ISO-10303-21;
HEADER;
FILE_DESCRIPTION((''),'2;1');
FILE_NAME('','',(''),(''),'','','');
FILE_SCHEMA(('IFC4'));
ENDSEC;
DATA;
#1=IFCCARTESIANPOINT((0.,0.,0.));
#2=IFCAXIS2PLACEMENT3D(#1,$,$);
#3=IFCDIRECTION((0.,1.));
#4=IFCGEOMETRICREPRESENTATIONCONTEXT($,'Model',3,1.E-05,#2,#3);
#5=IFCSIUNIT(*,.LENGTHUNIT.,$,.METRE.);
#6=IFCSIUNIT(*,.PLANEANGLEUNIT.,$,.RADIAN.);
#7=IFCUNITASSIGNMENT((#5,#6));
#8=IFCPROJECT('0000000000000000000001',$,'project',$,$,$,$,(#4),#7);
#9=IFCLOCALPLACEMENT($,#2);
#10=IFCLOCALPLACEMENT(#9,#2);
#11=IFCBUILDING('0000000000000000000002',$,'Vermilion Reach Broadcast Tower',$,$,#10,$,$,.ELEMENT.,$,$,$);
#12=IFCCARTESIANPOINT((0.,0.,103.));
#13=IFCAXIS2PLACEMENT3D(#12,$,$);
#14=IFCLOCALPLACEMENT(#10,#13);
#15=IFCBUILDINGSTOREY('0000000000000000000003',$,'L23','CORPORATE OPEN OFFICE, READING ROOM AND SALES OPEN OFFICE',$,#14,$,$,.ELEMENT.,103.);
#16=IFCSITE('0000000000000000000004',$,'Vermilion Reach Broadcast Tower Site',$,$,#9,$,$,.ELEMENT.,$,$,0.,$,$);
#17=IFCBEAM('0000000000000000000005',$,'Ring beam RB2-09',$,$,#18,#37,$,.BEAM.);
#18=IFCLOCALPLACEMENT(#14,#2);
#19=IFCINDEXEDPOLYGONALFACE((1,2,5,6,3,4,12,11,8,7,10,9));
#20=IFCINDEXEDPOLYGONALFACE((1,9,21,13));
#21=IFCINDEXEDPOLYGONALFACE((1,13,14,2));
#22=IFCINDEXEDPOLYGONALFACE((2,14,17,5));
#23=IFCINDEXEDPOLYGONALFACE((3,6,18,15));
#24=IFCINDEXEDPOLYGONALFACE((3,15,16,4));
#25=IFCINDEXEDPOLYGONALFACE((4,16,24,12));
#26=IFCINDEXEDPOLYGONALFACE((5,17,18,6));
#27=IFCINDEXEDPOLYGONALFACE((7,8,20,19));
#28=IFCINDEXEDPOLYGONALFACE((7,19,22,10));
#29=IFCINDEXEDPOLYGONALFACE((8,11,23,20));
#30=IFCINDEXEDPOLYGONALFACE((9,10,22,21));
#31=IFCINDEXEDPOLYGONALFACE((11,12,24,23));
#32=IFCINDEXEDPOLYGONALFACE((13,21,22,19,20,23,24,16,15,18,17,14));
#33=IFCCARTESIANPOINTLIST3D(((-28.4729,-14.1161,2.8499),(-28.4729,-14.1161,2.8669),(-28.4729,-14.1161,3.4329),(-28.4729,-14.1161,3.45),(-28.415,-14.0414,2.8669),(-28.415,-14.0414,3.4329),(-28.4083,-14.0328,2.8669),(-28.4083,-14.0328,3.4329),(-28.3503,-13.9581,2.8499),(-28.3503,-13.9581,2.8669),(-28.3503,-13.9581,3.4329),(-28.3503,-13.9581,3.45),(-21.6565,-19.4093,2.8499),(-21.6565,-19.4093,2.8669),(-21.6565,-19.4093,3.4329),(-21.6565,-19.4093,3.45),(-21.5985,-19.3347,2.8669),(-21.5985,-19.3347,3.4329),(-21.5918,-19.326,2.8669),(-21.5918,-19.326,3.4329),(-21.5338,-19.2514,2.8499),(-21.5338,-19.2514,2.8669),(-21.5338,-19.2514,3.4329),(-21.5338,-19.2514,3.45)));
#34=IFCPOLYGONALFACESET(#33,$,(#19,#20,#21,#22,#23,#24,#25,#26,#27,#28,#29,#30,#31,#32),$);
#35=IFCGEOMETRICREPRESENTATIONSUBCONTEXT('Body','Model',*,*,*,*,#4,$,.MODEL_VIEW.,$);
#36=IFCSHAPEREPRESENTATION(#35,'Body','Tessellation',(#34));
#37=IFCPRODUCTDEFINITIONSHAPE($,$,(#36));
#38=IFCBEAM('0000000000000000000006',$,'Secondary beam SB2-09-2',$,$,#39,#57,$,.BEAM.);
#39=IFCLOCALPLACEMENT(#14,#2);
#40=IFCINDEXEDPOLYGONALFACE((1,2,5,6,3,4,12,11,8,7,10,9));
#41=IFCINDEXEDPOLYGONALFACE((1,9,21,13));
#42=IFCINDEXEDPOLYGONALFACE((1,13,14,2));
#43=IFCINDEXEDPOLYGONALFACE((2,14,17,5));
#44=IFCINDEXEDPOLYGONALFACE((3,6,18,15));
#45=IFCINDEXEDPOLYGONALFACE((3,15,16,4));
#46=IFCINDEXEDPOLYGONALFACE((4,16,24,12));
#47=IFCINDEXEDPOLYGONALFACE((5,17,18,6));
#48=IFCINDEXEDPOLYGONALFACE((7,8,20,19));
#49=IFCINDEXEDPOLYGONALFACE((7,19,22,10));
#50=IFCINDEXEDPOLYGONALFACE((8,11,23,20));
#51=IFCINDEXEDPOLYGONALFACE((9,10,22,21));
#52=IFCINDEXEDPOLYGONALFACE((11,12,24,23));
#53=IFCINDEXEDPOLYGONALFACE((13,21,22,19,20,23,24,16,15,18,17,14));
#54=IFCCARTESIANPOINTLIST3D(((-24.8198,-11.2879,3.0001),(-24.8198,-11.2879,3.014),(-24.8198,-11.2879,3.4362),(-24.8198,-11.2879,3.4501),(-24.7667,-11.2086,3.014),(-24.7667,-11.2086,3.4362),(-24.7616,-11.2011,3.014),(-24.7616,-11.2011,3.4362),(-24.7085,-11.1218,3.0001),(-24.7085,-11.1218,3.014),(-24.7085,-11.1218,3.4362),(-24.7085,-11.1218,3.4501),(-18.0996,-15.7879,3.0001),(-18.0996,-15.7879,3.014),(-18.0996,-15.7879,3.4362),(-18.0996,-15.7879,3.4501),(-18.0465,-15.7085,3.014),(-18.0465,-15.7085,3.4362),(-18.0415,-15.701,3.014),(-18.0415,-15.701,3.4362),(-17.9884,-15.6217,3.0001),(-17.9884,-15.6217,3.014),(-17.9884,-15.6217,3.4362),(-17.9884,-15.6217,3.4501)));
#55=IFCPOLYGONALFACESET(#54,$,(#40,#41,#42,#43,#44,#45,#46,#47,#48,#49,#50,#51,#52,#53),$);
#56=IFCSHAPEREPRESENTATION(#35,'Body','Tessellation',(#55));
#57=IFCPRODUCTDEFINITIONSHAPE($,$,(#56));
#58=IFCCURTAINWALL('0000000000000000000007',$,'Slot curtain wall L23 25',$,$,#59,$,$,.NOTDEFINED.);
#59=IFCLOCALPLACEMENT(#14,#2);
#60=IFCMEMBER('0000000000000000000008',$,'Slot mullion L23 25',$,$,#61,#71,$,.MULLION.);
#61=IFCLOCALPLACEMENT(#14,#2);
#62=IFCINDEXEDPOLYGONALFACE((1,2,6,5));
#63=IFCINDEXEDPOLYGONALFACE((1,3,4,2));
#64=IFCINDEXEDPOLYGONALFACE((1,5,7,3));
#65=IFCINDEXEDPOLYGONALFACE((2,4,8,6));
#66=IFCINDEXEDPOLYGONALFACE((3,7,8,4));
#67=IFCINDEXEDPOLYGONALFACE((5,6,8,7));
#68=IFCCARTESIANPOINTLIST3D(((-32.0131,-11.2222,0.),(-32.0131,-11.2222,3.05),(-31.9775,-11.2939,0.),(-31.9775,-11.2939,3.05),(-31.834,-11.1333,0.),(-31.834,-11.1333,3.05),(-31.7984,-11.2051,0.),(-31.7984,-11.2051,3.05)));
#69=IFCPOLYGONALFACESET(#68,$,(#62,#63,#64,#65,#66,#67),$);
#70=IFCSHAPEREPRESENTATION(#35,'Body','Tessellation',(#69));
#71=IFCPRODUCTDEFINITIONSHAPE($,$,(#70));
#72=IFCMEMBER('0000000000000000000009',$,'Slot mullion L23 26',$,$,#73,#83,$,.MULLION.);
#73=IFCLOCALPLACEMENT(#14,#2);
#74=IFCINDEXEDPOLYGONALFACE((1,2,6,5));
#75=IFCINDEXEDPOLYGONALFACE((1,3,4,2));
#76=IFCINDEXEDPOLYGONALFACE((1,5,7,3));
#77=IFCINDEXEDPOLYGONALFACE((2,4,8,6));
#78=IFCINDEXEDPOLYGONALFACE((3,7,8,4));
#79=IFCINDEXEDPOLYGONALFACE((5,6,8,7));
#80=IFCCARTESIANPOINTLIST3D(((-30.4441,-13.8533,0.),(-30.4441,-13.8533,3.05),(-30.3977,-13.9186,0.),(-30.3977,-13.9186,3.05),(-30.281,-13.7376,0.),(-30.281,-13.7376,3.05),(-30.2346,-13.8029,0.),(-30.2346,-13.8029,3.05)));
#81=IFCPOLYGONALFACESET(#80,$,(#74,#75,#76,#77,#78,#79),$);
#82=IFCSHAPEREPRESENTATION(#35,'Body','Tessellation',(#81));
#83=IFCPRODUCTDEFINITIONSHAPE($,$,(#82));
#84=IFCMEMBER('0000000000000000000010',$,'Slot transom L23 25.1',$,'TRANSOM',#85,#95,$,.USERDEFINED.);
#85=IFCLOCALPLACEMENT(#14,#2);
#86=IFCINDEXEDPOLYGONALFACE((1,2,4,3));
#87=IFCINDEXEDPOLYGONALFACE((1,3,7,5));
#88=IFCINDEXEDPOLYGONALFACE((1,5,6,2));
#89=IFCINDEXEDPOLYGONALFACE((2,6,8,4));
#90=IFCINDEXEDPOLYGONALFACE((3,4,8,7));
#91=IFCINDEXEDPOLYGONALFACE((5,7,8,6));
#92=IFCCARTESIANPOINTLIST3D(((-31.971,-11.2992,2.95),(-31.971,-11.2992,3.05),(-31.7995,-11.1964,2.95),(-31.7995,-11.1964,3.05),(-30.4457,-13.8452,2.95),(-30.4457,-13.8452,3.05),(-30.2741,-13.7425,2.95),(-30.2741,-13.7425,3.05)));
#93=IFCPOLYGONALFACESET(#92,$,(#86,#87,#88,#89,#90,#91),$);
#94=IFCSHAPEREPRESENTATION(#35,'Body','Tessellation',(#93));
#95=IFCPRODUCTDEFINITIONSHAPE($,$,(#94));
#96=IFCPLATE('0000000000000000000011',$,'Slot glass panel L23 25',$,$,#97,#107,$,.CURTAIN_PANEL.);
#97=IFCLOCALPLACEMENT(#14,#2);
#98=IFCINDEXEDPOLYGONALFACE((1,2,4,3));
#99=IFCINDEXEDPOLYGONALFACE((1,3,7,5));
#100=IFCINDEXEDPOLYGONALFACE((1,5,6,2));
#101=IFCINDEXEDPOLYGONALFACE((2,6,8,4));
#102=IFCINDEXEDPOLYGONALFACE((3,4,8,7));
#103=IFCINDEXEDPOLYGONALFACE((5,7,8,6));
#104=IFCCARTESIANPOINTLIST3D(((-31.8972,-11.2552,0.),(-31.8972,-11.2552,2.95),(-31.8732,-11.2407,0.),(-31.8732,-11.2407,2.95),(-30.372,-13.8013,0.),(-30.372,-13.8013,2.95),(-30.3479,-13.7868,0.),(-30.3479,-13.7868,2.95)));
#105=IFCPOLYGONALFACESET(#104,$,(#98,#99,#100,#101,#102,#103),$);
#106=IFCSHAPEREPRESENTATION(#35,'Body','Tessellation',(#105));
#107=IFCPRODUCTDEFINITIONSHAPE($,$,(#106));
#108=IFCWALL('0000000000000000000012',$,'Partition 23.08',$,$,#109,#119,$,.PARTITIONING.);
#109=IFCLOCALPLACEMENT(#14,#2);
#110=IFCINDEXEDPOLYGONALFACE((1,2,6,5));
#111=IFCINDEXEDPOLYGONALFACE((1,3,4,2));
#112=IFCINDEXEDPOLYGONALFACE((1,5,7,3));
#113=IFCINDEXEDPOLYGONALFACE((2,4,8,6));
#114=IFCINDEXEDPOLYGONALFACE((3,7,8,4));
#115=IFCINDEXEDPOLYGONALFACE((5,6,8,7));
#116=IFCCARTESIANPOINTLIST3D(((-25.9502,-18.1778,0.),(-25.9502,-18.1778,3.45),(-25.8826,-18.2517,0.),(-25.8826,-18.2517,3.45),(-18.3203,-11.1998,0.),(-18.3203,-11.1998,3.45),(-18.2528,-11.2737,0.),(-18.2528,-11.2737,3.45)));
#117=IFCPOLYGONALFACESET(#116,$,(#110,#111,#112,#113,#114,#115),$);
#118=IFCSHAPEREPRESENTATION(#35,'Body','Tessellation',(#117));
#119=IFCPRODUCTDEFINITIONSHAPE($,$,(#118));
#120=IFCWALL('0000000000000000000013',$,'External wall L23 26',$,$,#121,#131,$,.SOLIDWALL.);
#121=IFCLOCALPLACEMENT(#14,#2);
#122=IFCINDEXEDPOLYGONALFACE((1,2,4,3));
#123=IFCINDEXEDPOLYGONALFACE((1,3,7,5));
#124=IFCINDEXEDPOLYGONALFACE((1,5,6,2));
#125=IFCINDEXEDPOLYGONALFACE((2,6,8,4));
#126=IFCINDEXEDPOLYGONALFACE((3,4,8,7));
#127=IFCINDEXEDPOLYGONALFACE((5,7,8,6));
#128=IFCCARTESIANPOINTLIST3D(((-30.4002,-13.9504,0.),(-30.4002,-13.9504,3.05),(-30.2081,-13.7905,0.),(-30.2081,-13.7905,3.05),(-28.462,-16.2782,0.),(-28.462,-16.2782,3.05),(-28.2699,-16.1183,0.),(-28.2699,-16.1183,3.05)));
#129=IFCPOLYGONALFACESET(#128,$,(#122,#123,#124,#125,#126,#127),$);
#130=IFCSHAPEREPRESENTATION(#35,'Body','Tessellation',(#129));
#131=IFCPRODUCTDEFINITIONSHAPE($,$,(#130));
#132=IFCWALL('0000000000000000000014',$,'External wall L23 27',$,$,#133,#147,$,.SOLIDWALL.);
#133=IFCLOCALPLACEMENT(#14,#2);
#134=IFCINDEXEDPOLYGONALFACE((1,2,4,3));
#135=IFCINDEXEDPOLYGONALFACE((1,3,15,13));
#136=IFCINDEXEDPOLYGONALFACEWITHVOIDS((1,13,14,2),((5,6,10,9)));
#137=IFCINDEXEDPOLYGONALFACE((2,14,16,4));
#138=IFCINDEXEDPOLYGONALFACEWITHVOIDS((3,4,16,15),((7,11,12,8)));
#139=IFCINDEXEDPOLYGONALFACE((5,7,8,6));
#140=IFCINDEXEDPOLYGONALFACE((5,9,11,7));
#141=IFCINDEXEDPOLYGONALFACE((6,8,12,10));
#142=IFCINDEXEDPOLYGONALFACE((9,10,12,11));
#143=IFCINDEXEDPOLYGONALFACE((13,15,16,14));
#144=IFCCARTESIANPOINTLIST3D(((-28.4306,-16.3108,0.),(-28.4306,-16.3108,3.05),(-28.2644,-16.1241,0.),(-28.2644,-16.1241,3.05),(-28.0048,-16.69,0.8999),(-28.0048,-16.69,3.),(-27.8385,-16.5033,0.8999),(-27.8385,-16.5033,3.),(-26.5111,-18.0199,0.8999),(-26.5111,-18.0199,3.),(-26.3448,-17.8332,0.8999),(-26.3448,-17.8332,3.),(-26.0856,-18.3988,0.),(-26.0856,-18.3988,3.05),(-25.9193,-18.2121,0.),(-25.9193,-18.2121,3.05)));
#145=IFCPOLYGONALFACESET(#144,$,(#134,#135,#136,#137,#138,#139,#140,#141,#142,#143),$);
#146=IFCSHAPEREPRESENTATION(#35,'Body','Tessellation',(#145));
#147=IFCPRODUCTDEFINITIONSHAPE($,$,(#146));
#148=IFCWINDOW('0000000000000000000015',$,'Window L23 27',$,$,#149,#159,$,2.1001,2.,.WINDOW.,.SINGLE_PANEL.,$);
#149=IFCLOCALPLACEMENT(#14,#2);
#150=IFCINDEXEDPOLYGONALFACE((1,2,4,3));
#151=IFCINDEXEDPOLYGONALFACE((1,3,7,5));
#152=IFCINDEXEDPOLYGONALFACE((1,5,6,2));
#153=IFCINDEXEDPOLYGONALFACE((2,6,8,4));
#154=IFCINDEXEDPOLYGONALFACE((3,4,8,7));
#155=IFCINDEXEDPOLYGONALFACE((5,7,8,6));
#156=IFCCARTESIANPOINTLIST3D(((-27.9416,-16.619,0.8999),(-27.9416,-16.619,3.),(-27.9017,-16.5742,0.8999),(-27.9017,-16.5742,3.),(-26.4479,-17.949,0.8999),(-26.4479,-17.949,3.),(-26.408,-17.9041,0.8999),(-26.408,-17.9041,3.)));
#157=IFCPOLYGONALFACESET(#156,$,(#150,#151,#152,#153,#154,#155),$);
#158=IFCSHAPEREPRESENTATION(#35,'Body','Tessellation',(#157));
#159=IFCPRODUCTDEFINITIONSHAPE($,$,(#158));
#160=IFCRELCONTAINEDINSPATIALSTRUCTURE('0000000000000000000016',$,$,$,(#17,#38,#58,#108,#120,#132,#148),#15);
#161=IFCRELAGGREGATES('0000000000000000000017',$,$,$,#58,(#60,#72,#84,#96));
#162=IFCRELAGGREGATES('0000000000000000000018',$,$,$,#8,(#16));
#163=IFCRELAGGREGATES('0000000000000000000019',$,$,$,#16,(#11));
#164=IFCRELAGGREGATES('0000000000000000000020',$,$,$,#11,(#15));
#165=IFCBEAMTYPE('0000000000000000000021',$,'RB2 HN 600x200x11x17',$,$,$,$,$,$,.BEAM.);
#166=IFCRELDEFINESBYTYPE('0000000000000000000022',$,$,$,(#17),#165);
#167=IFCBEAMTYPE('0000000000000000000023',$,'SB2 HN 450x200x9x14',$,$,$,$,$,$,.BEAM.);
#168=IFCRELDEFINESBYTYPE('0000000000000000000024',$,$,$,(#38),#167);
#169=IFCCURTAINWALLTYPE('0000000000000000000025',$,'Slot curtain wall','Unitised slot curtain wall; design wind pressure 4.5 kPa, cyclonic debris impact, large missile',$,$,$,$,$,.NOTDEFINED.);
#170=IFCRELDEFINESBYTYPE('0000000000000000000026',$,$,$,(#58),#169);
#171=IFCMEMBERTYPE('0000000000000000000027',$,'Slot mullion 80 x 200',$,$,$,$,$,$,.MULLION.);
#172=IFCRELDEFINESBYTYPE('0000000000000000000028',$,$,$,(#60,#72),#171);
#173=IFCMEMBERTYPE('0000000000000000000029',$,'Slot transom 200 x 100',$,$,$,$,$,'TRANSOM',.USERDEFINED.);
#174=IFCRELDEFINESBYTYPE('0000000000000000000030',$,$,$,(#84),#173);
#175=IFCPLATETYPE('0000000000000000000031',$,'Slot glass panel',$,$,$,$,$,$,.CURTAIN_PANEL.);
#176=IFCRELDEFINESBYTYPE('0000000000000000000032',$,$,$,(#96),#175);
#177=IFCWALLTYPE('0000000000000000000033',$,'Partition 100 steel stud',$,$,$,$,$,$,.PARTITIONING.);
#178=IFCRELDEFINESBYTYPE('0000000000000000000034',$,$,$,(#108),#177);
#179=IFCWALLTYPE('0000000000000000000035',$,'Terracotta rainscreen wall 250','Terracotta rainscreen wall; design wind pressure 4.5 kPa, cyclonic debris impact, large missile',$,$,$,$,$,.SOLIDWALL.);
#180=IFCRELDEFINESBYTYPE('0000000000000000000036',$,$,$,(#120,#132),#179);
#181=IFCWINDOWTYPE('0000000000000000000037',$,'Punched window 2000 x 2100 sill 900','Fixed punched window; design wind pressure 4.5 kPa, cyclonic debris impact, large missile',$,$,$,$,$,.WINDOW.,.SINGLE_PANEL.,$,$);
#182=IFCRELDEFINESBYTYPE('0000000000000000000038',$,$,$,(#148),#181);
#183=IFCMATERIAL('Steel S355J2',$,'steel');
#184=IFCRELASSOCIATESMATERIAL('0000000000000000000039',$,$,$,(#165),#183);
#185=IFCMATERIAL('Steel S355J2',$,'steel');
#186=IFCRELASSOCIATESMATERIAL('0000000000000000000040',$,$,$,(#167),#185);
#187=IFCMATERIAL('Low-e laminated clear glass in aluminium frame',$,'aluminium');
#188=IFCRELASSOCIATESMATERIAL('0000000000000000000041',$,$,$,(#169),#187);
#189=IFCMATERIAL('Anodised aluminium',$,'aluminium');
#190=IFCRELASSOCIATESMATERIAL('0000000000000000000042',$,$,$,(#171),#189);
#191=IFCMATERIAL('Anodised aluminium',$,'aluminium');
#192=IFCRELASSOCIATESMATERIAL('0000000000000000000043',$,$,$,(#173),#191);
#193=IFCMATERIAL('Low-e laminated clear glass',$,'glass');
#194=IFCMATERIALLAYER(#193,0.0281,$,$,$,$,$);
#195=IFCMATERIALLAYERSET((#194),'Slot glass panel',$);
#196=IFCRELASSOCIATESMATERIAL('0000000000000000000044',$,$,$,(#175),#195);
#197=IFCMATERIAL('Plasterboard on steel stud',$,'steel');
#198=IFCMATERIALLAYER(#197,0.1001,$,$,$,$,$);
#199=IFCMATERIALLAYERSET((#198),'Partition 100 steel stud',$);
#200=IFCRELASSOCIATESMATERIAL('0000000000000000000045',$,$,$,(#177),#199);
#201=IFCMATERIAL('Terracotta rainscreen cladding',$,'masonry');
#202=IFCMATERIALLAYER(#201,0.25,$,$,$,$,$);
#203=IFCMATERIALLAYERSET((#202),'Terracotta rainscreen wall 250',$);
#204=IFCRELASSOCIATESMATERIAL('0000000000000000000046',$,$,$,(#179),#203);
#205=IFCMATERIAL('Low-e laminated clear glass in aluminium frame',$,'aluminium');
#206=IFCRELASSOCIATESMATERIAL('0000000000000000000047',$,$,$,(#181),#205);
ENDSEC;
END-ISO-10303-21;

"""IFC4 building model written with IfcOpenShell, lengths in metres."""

from ifc_helpers import new_model, si_unit, direction, frame, frame_2d, origin, origin_2d, place, context, subcontext, project, spatial, rectangle, i_section, extrude, material, layer, layer_set, material_profile, profile_set, type_object, element, fill, aggregate, save


model = new_model("IFC4")

# Units and contexts
model_context = context("Model", 3, precision=1e-05, world=origin(), true_north=direction((0.0, 1.0)))
body_context = subcontext(model_context, "Body", "Model", "MODEL_VIEW")
ifc_project = project(units=[si_unit("LENGTHUNIT", "METRE"), si_unit("PLANEANGLEUNIT", "RADIAN")], contexts=[model_context])

# Site, building, storey
site_placement = place(None, origin())
site = spatial("IfcSite", under=ifc_project, at=site_placement, Name="Vermilion Reach Broadcast Tower Site", CompositionType="ELEMENT", RefElevation=0.0)
building_placement = place(site_placement, origin())
building = spatial("IfcBuilding", under=site, at=building_placement, Name="Vermilion Reach Broadcast Tower", CompositionType="ELEMENT")
storey_placement = place(building_placement, frame((0.0, 0.0, 103.0)))
storey = spatial("IfcBuildingStorey", under=building, at=storey_placement, Name="L23", Description="CORPORATE OPEN OFFICE, READING ROOM AND SALES OPEN OFFICE", CompositionType="ELEMENT", Elevation=103.0)

# Beams
ifc_material_1 = material(Name="Steel S355J2", Category="steel")
ifc_material_profile_1 = material_profile(ifc_material_1, i_section(OverallWidth=0.2, OverallDepth=0.6001, WebThickness=0.011, FlangeThickness=0.0171, at=origin_2d()), Name="S355J2 HN 600x200x11x17")
ifc_profile_set_1 = profile_set([ifc_material_profile_1], Name="Steel S355J2")
beam_type_1 = type_object("IfcBeamType", Name="RB2 HN 600x200x11x17", PredefinedType="BEAM", material=ifc_profile_set_1)
beam_1_placement = place(storey_placement, frame((-28.4116, -14.0371, 3.1499), z_axis=(0.789826, -0.613331, 0.0), x_axis=(0.613331, 0.789826, 0.0)))
element("IfcBeam", 1, at=beam_1_placement, inside=storey, type_object=beam_type_1, Name="Ring beam RB2-09", PredefinedType="BEAM", context=body_context, shape_type="SweptSolid", body=[
    extrude(i_section(OverallWidth=0.2, OverallDepth=0.6001, WebThickness=0.011, FlangeThickness=0.0171, at=origin_2d()), origin(), (0.0, 0.0, 1.0), 8.6304),
])
ifc_material_2 = material(Name="Steel S355J2", Category="steel")
ifc_material_profile_2 = material_profile(ifc_material_2, i_section(OverallWidth=0.2, OverallDepth=0.45, WebThickness=0.009, FlangeThickness=0.0139, at=origin_2d()), Name="S355J2 HN 450x200x9x14")
ifc_profile_set_2 = profile_set([ifc_material_profile_2], Name="Steel S355J2")
beam_type_2 = type_object("IfcBeamType", Name="SB2 HN 450x200x9x14", PredefinedType="BEAM", material=ifc_profile_set_2)
beam_2_placement = place(storey_placement, frame((-24.7642, -11.2048, 3.2251), z_axis=(0.830915, -0.556399, 0.0), x_axis=(0.556399, 0.830915, 0.0)))
element("IfcBeam", 2, at=beam_2_placement, inside=storey, type_object=beam_type_2, Name="Secondary beam SB2-09-2", PredefinedType="BEAM", context=body_context, shape_type="SweptSolid", body=[
    extrude(i_section(OverallWidth=0.2, OverallDepth=0.45, WebThickness=0.009, FlangeThickness=0.0139, at=origin_2d()), origin(), (0.0, 0.0, 1.0), 8.0876),
])

# Curtain wall, members, plate
ifc_material_3 = material(Name="Low-e laminated clear glass in aluminium frame", Category="aluminium")
curtain_wall_type = type_object("IfcCurtainWallType", Name="Slot curtain wall", Description="Unitised slot curtain wall; design wind pressure 4.5 kPa, cyclonic debris impact, large missile", PredefinedType="NOTDEFINED", material=ifc_material_3)
curtain_wall_placement = place(storey_placement, origin())
curtain_wall = element("IfcCurtainWall", 3, at=curtain_wall_placement, inside=storey, type_object=curtain_wall_type, Name="Slot curtain wall L23 25", PredefinedType="NOTDEFINED")
ifc_material_4 = material(Name="Anodised aluminium", Category="aluminium")
ifc_material_profile_3 = material_profile(ifc_material_4, rectangle(XDim=0.2, YDim=0.0801, at=origin_2d()), Name="Slot mullion 80 x 200")
ifc_profile_set_3 = profile_set([ifc_material_profile_3], Name="Anodised aluminium")
member_type_1 = type_object("IfcMemberType", Name="Slot mullion 80 x 200", PredefinedType="MULLION", material=ifc_profile_set_3)
member_1_placement = place(storey_placement, frame((-31.9058, -11.2136, 0.0), z_axis=(0.0, 0.0, 1.0), x_axis=(0.895798, 0.444461, 0.0)))
member_1 = element("IfcMember", 4, at=member_1_placement, type_object=member_type_1, Name="Slot mullion L23 25", PredefinedType="MULLION", context=body_context, shape_type="SweptSolid", body=[
    extrude(rectangle(XDim=0.2, YDim=0.0801, at=origin_2d()), origin(), (0.0, 0.0, 1.0), 3.05),
])
member_2_placement = place(storey_placement, frame((-30.3394, -13.8281, 0.0), z_axis=(0.0, 0.0, 1.0), x_axis=(0.815598, 0.578618, 0.0)))
member_2 = element("IfcMember", 5, at=member_2_placement, type_object=member_type_1, Name="Slot mullion L23 26", PredefinedType="MULLION", context=body_context, shape_type="SweptSolid", body=[
    extrude(rectangle(XDim=0.2, YDim=0.0801, at=origin_2d()), origin(), (0.0, 0.0, 1.0), 3.05),
])
ifc_material_5 = material(Name="Anodised aluminium", Category="aluminium")
ifc_material_profile_4 = material_profile(ifc_material_5, rectangle(XDim=0.2, YDim=0.1001, at=origin_2d()), Name="Slot transom 200 x 100")
ifc_profile_set_4 = profile_set([ifc_material_profile_4], Name="Anodised aluminium")
member_type_2 = type_object("IfcMemberType", Name="Slot transom 200 x 100", ElementType="TRANSOM", PredefinedType="USERDEFINED", material=ifc_profile_set_4)
member_3_placement = place(storey_placement, frame((-31.8853, -11.2478, 3.0), z_axis=(0.513927, -0.857834, 0.0), x_axis=(0.857834, 0.513927, 0.0)))
member_3 = element("IfcMember", 6, at=member_3_placement, type_object=member_type_2, Name="Slot transom L23 25.1", ObjectType="TRANSOM", PredefinedType="USERDEFINED", context=body_context, shape_type="SweptSolid", body=[
    extrude(rectangle(XDim=0.2, YDim=0.1001, at=origin_2d()), origin(), (0.0, 0.0, 1.0), 2.968),
])
ifc_material_6 = material(Name="Low-e laminated clear glass", Category="glass")
ifc_layer_1 = layer(ifc_material_6, 0.0281)
ifc_layer_set_1 = layer_set([ifc_layer_1], Name="Slot glass panel")
plate_type = type_object("IfcPlateType", Name="Slot glass panel", PredefinedType="CURTAIN_PANEL", material=ifc_layer_set_1)
plate_placement = place(storey_placement, frame((-31.1226, -12.521, 0.0), z_axis=(0.0, 0.0, 1.0), x_axis=(0.513908, -0.857845, 0.0)))
plate = element("IfcPlate", 7, at=plate_placement, type_object=plate_type, Name="Slot glass panel L23 25", PredefinedType="CURTAIN_PANEL", context=body_context, shape_type="SweptSolid", body=[
    extrude(rectangle(XDim=2.968, YDim=0.0281, at=origin_2d()), origin(), (0.0, 0.0, 1.0), 2.95),
])
aggregate(curtain_wall, [member_1, member_2, member_3, plate])

# Walls
ifc_material_7 = material(Name="Plasterboard on steel stud", Category="steel")
ifc_layer_2 = layer(ifc_material_7, 0.1001)
ifc_layer_set_2 = layer_set([ifc_layer_2], Name="Partition 100 steel stud")
wall_type_1 = type_object("IfcWallType", Name="Partition 100 steel stud", PredefinedType="PARTITIONING", material=ifc_layer_set_2)
wall_1_placement = place(storey_placement, frame((-25.9165, -18.2148, 0.0), z_axis=(0.0, 0.0, 1.0), x_axis=(0.737926, 0.674882, 0.0)))
element("IfcWall", 8, at=wall_1_placement, inside=storey, type_object=wall_type_1, Name="Partition 23.08", PredefinedType="PARTITIONING", context=body_context, shape_type="SweptSolid", body=[
    extrude(rectangle(XDim=10.3396, YDim=0.1001, at=frame_2d((5.1699, 0.0))), origin(), (0.0, 0.0, 1.0), 3.45),
])
ifc_material_8 = material(Name="Terracotta rainscreen cladding", Category="masonry")
ifc_layer_3 = layer(ifc_material_8, 0.25)
ifc_layer_set_3 = layer_set([ifc_layer_3], Name="Terracotta rainscreen wall 250")
wall_type_2 = type_object("IfcWallType", Name="Terracotta rainscreen wall 250", Description="Terracotta rainscreen wall; design wind pressure 4.5 kPa, cyclonic debris impact, large missile", PredefinedType="SOLIDWALL", material=ifc_layer_set_3)
wall_2_placement = place(storey_placement, frame((-30.3042, -13.8704, 0.0), z_axis=(0.0, 0.0, 1.0), x_axis=(0.639859, -0.768492, 0.0)))
element("IfcWall", 9, at=wall_2_placement, inside=storey, type_object=wall_type_2, Name="External wall L23 26", PredefinedType="SOLIDWALL", context=body_context, shape_type="SweptSolid", body=[
    extrude(rectangle(XDim=3.0291, YDim=0.25, at=frame_2d((1.5146, 0.0))), origin(), (0.0, 0.0, 1.0), 3.05),
])

# Wall, opening, window
wall_3_placement = place(storey_placement, frame((-28.3474, -16.2175, 0.0), z_axis=(0.0, 0.0, 1.0), x_axis=(0.74686, -0.664981, 0.0)))
wall_3 = element("IfcWall", 10, at=wall_3_placement, inside=storey, type_object=wall_type_2, Name="External wall L23 27", PredefinedType="SOLIDWALL", context=body_context, shape_type="SweptSolid", body=[
    extrude(rectangle(XDim=3.1399, YDim=0.25, at=frame_2d((1.5698, 0.0))), origin(), (0.0, 0.0, 1.0), 3.05),
])
opening_1_placement = place(wall_3_placement, frame((0.5701, 0.0, 0.8999)))
opening_1 = element("IfcOpeningElement", 11, at=opening_1_placement, cuts=wall_3, PredefinedType="OPENING", context=body_context, shape_type="SweptSolid", body=[
    extrude(rectangle(XDim=2.0, YDim=2.1001, at=frame_2d((1.0, 1.05))), frame((0.0, 0.135, 0.0), z_axis=(0.0, -1.0, 0.0), x_axis=(1.0, 0.0, 0.0)), (0.0, 0.0, 1.0), 0.27),
])
ifc_material_9 = material(Name="Low-e laminated clear glass in aluminium frame", Category="aluminium")
window_type = type_object("IfcWindowType", Name="Punched window 2000 x 2100 sill 900", Description="Fixed punched window; design wind pressure 4.5 kPa, cyclonic debris impact, large missile", PartitioningType="SINGLE_PANEL", PredefinedType="WINDOW", material=ifc_material_9)
window_1_placement = place(opening_1_placement, origin())
window_1 = element("IfcWindow", 12, at=window_1_placement, inside=storey, type_object=window_type, Name="Window L23 27", OverallHeight=2.1001, OverallWidth=2.0, PartitioningType="SINGLE_PANEL", PredefinedType="WINDOW", context=body_context, shape_type="SweptSolid", body=[
    extrude(rectangle(XDim=2.0, YDim=2.1001, at=frame_2d((1.0, 1.05))), frame((0.0, 0.03, 0.0), z_axis=(0.0, -1.0, 0.0), x_axis=(1.0, 0.0, 0.0)), (0.0, 0.0, 1.0), 0.0601),
])
fill(opening_1, window_1)

save(model, "model.ifc")
